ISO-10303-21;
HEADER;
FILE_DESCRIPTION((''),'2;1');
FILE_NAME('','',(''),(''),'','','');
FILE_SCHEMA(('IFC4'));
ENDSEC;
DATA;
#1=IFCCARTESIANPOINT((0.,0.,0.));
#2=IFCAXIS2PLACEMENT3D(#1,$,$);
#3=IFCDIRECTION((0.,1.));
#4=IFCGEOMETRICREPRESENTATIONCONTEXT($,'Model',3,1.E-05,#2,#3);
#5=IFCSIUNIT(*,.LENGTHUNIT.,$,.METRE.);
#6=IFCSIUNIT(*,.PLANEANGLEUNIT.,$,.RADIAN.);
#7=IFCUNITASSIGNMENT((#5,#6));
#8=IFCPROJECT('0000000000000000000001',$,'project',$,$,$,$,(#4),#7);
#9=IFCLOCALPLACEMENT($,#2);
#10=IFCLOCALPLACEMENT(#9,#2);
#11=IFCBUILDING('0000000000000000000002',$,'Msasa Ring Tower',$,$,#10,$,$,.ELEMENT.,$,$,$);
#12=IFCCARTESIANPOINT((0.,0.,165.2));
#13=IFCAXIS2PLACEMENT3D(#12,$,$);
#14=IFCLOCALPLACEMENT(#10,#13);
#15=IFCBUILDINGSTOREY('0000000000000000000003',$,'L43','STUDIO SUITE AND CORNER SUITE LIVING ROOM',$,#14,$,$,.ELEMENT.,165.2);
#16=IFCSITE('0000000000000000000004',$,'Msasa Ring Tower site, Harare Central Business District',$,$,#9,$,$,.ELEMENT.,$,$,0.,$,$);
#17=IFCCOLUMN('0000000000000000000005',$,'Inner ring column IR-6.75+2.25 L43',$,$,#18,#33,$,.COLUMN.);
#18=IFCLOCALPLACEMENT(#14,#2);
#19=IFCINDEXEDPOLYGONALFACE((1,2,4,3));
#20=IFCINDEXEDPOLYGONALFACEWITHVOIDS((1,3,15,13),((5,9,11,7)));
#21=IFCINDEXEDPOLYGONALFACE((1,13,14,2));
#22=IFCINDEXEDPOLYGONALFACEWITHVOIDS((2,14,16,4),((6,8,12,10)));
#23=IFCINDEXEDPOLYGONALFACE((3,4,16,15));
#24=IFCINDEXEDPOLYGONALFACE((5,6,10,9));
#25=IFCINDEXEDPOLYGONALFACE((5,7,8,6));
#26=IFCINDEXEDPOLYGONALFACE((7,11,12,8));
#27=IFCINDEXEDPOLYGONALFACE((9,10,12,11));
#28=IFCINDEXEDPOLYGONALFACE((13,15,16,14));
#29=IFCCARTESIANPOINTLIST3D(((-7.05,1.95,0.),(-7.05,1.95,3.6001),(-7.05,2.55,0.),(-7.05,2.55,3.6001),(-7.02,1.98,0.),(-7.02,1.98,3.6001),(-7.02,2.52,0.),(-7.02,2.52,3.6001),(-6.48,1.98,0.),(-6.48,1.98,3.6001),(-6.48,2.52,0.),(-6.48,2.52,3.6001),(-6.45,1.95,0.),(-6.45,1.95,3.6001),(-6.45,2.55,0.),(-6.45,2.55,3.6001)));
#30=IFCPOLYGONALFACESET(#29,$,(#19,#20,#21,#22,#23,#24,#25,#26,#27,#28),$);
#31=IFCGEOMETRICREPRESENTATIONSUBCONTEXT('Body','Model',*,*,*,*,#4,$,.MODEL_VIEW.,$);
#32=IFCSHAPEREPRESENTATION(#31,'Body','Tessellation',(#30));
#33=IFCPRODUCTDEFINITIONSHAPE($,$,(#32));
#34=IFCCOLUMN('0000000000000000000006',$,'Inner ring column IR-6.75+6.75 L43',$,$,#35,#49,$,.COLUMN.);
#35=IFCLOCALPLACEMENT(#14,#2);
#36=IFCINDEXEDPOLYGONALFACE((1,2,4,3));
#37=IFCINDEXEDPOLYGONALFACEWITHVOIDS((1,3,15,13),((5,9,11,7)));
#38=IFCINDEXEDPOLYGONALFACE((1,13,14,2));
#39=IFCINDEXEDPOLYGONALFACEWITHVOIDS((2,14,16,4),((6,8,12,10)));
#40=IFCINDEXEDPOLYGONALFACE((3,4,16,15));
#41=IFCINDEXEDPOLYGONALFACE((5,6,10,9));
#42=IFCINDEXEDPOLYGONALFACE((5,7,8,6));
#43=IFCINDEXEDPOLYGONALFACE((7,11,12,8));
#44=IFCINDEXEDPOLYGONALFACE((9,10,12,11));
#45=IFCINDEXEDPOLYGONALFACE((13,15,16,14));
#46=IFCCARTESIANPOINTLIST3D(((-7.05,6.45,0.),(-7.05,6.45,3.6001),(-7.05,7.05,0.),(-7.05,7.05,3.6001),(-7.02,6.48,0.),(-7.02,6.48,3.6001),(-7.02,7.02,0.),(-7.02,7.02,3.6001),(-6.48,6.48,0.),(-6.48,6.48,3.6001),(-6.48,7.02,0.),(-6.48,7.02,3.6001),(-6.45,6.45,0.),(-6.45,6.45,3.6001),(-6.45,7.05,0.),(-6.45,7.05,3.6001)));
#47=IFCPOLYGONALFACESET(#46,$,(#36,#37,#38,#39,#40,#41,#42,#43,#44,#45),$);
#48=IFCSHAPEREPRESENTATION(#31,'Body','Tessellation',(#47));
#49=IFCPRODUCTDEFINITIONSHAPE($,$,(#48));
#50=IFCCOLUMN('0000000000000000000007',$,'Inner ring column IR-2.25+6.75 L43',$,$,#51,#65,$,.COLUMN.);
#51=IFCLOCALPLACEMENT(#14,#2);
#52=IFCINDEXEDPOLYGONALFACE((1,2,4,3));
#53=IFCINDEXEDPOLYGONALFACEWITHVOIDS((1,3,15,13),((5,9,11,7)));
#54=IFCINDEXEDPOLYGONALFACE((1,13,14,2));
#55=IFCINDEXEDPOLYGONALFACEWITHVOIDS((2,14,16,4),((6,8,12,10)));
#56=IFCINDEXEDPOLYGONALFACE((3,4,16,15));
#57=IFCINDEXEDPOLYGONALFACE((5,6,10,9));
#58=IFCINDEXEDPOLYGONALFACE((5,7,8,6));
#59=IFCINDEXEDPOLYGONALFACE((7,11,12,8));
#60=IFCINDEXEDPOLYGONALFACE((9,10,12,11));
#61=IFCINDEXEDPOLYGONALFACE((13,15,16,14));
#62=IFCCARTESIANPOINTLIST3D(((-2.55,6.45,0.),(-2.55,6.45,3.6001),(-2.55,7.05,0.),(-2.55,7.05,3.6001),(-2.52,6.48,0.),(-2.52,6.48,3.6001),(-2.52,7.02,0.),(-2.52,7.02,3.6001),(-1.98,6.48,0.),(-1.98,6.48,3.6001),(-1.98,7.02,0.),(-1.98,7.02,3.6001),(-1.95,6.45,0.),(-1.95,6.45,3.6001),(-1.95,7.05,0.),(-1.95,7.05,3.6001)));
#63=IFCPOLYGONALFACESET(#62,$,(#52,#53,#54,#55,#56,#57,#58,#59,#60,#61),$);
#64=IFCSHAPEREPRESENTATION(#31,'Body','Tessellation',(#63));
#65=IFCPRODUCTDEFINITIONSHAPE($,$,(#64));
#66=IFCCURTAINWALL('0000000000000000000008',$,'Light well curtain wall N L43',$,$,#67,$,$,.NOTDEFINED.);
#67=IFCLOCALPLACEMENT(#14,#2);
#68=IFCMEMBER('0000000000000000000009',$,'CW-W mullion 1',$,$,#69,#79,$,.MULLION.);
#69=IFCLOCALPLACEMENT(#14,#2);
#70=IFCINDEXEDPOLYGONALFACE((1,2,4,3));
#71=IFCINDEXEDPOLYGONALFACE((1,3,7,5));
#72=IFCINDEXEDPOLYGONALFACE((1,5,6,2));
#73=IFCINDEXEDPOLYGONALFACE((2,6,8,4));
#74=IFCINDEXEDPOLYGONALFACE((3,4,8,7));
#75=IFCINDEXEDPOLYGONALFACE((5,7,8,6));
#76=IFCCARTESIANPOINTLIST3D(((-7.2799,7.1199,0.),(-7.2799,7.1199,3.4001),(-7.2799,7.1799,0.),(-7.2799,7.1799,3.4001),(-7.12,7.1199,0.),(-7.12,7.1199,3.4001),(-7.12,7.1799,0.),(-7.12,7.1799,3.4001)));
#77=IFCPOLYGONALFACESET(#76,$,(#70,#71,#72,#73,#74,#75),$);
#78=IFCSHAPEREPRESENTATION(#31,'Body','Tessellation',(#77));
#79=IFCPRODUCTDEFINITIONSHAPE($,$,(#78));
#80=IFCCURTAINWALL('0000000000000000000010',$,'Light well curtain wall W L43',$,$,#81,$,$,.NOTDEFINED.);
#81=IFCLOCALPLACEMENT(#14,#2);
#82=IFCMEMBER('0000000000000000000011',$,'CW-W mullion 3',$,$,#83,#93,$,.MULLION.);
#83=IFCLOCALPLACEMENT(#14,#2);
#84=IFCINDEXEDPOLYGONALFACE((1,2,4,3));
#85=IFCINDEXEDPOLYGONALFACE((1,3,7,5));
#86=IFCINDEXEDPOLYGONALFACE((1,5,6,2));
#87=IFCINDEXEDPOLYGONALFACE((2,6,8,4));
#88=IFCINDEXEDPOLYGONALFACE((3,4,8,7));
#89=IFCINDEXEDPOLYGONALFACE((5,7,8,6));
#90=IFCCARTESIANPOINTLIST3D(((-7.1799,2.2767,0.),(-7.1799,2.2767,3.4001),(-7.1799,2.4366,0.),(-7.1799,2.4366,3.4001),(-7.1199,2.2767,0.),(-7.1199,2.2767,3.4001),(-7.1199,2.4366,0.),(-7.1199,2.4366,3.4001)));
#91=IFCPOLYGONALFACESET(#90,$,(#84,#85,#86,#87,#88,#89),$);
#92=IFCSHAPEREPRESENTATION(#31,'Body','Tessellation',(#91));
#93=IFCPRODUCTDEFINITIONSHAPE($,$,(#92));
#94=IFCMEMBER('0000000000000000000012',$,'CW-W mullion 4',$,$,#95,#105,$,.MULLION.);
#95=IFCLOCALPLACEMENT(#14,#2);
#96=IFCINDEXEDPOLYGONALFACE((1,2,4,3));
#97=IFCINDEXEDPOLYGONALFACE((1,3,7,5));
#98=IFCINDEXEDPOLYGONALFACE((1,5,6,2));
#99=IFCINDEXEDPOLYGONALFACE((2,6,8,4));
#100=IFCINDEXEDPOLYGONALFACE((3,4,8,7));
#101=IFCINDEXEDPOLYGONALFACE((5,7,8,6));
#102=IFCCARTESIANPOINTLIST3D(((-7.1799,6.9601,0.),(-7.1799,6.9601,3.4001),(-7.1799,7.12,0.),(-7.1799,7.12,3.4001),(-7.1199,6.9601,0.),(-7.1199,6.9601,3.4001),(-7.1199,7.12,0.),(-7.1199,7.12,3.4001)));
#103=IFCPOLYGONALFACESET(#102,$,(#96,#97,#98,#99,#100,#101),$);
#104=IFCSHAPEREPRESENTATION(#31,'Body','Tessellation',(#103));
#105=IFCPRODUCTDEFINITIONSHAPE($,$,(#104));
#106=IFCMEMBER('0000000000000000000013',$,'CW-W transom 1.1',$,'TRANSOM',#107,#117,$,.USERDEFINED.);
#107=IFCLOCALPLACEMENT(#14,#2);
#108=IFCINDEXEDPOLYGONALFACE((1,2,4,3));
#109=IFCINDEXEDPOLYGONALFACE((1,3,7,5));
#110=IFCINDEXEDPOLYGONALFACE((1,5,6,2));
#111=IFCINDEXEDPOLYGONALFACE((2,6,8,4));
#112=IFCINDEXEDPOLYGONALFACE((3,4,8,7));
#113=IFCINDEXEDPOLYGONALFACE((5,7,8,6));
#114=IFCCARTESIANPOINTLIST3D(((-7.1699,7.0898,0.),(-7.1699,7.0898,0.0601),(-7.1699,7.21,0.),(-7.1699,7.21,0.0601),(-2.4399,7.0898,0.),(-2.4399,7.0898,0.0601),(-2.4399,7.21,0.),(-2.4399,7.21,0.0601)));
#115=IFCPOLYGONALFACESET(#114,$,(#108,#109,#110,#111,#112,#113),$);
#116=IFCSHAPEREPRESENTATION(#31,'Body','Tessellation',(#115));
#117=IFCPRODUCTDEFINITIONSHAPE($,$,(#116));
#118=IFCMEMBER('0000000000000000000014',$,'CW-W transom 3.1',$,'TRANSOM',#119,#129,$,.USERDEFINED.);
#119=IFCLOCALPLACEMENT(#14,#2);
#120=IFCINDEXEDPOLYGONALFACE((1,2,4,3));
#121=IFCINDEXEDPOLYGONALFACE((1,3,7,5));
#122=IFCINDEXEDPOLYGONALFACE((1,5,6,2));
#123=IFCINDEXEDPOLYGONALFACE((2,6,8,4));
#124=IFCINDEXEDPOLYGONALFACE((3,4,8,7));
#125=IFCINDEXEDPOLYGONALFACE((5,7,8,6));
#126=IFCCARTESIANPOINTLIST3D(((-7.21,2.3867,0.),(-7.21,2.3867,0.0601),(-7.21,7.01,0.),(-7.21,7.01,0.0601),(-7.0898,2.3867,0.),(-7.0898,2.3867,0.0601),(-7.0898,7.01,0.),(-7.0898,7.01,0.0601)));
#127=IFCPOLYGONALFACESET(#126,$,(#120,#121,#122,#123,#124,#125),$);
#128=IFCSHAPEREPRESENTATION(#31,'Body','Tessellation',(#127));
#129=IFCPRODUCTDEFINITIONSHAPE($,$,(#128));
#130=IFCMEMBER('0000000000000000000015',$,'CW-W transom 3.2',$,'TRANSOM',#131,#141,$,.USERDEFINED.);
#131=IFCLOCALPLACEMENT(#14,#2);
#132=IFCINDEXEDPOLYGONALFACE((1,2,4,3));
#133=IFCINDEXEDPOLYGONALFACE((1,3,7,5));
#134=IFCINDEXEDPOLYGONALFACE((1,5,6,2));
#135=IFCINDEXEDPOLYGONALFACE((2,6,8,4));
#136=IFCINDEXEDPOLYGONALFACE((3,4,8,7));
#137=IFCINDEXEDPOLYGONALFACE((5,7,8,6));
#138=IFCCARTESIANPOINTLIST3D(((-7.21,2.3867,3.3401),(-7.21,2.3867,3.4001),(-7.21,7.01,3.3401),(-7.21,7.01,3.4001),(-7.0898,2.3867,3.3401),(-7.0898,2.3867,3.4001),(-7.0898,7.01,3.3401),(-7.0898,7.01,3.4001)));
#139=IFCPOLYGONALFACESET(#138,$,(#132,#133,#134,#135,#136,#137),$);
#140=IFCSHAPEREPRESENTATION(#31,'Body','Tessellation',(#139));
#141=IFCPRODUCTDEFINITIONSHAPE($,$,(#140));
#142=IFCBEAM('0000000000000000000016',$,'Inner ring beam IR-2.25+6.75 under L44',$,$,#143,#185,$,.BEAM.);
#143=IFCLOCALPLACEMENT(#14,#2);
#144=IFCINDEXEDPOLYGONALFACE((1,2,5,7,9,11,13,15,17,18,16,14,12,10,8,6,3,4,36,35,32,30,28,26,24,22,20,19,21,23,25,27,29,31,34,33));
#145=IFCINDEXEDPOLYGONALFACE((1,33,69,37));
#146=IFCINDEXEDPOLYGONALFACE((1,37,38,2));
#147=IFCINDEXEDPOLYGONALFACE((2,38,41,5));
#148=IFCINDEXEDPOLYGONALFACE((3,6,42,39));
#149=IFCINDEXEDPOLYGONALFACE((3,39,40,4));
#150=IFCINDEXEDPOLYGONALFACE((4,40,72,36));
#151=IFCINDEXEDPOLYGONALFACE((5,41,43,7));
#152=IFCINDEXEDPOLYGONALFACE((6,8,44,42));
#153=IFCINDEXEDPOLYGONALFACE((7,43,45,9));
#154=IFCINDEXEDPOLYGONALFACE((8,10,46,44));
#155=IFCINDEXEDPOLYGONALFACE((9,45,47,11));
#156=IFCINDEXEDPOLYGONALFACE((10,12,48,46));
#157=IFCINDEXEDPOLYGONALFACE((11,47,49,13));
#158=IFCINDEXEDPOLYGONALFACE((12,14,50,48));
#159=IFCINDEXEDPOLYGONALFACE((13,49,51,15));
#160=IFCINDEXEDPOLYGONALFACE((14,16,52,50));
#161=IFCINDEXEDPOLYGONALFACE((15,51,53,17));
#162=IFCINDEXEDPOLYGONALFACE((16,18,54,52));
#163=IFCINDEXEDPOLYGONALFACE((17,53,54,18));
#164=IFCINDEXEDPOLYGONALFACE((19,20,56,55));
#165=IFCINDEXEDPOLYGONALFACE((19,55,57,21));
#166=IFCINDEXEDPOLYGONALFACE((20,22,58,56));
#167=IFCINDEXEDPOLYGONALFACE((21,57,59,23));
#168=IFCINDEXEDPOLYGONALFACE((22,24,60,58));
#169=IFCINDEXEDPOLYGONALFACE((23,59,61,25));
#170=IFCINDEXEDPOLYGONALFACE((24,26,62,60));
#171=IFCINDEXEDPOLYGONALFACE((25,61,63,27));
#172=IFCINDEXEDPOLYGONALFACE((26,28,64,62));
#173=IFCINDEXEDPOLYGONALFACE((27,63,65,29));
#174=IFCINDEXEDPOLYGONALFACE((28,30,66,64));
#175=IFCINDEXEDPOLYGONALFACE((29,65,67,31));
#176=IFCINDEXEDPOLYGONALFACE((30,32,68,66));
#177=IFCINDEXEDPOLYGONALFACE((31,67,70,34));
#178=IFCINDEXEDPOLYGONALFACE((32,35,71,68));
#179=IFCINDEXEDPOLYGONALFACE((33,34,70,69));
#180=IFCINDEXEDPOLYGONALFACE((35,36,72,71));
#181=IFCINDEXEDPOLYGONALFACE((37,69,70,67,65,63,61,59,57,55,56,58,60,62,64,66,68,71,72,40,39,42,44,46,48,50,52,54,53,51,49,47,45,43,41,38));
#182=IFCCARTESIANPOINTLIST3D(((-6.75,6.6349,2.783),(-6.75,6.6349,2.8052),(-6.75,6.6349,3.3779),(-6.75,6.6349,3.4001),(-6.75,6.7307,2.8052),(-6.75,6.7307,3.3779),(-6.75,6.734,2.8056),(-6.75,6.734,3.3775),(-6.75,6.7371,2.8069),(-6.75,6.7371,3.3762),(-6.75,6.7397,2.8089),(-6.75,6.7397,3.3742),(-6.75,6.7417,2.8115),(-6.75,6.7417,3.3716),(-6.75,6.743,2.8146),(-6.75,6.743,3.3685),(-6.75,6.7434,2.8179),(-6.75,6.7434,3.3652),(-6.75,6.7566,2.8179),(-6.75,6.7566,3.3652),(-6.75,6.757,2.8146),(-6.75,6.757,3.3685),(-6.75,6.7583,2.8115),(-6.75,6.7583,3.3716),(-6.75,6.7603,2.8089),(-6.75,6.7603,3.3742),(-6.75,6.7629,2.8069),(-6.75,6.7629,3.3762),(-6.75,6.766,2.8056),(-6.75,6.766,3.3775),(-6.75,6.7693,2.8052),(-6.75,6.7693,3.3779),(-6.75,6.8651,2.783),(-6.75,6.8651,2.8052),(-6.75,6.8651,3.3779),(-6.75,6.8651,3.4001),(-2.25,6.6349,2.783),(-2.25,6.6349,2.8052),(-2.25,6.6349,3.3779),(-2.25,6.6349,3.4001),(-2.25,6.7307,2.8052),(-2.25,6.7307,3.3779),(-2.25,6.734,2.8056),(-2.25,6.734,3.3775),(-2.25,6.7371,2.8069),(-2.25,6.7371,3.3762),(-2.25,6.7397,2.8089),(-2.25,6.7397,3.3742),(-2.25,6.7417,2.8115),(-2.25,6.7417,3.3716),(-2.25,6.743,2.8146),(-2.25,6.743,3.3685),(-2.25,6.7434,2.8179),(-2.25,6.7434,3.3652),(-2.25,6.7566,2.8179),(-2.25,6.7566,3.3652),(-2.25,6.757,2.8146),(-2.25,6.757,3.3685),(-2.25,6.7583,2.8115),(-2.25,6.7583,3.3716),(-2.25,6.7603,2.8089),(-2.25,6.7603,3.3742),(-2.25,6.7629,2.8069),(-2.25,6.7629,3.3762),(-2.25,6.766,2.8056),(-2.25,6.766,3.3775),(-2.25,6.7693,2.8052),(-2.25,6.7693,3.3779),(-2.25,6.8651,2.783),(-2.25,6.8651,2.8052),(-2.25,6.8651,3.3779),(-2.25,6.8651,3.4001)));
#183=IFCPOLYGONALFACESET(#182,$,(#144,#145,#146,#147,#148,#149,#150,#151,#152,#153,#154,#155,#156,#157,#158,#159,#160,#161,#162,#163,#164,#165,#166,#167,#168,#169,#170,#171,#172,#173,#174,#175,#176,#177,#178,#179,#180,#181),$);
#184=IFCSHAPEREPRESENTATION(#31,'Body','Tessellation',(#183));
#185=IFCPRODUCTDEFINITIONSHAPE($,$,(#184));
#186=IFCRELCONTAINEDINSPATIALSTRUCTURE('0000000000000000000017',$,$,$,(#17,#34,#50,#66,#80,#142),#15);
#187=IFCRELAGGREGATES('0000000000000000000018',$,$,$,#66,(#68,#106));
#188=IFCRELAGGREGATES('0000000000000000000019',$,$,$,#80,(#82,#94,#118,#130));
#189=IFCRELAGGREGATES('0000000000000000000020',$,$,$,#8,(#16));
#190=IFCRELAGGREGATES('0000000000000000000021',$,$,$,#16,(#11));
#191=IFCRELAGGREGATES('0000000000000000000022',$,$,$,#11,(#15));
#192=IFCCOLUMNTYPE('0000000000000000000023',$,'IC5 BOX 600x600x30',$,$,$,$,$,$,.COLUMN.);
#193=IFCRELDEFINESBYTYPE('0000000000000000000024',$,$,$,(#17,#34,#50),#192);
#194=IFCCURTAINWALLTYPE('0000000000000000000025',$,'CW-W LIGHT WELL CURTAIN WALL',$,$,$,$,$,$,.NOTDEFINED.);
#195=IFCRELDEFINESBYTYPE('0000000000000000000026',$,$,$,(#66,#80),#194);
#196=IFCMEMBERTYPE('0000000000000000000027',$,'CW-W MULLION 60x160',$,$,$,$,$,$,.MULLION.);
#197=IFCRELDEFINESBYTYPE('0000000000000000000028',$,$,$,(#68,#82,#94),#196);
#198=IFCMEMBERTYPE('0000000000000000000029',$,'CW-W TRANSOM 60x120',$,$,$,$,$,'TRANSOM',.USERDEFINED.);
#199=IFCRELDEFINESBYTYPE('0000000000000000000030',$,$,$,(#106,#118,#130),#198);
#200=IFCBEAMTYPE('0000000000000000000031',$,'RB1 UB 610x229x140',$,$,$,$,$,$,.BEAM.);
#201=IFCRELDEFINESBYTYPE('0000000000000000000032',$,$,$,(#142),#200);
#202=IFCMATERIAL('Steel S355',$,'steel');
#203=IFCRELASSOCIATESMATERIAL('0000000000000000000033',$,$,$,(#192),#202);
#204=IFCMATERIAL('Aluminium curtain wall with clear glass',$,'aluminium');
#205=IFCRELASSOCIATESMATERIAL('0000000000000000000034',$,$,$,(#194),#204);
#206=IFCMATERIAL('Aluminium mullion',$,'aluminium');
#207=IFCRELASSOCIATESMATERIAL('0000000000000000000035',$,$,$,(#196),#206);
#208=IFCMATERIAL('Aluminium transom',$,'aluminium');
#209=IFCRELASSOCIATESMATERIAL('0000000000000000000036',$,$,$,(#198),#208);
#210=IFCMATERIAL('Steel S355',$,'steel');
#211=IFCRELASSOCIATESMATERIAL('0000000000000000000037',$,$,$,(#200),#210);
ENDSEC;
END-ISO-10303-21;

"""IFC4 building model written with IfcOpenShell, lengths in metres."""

from ifc_helpers import new_model, si_unit, direction, frame, origin, origin_2d, place, context, subcontext, project, spatial, rectangle, hollow_rectangle, i_section, extrude, material, material_profile, profile_set, type_object, element, aggregate, save


model = new_model("IFC4")

# Units and contexts
model_context = context("Model", 3, precision=1e-05, world=origin(), true_north=direction((0.0, 1.0)))
body_context = subcontext(model_context, "Body", "Model", "MODEL_VIEW")
ifc_project = project(units=[si_unit("LENGTHUNIT", "METRE"), si_unit("PLANEANGLEUNIT", "RADIAN")], contexts=[model_context])

# Site, building, storey
site_placement = place(None, origin())
site = spatial("IfcSite", under=ifc_project, at=site_placement, Name="Msasa Ring Tower site, Harare Central Business District", CompositionType="ELEMENT", RefElevation=0.0)
building_placement = place(site_placement, origin())
building = spatial("IfcBuilding", under=site, at=building_placement, Name="Msasa Ring Tower", CompositionType="ELEMENT")
storey_placement = place(building_placement, frame((0.0, 0.0, 165.2)))
storey = spatial("IfcBuildingStorey", under=building, at=storey_placement, Name="L43", Description="STUDIO SUITE AND CORNER SUITE LIVING ROOM", CompositionType="ELEMENT", Elevation=165.2)

# Columns
ifc_material_1 = material(Name="Steel S355", Category="steel")
ifc_material_profile_1 = material_profile(ifc_material_1, hollow_rectangle(XDim=0.6001, YDim=0.6001, WallThickness=0.03, at=origin_2d()), Name="BOX 600x600x30")
ifc_profile_set_1 = profile_set([ifc_material_profile_1], Name="Steel S355")
column_type = type_object("IfcColumnType", Name="IC5 BOX 600x600x30", PredefinedType="COLUMN", material=ifc_profile_set_1)
for number, where, z_axis, x_axis, name in (
    (1, (-6.75, 2.25, 0.0), (0.0, 0.0, 1.0), (1.0, 0.0, 0.0), "Inner ring column IR-6.75+2.25 L43"),
    (2, (-6.75, 6.75, 0.0), (0.0, 0.0, 1.0), (1.0, 0.0, 0.0), "Inner ring column IR-6.75+6.75 L43"),
    (3, (-2.25, 6.75, 0.0), (0.0, 0.0, 1.0), (1.0, 0.0, 0.0), "Inner ring column IR-2.25+6.75 L43"),
):
    element("IfcColumn", number, at=place(storey_placement, frame(where, z_axis=z_axis, x_axis=x_axis)), inside=storey, type_object=column_type, Name=name, PredefinedType="COLUMN", context=body_context, shape_type="SweptSolid", body=[
        extrude(hollow_rectangle(XDim=0.6001, YDim=0.6001, WallThickness=0.03, at=origin_2d()), origin(), (0.0, 0.0, 1.0), 3.6001),
    ])

# Curtain wall, member
ifc_material_2 = material(Name="Aluminium curtain wall with clear glass", Category="aluminium")
curtain_wall_type = type_object("IfcCurtainWallType", Name="CW-W LIGHT WELL CURTAIN WALL", PredefinedType="NOTDEFINED", material=ifc_material_2)
curtain_wall_1_placement = place(storey_placement, origin())
curtain_wall_1 = element("IfcCurtainWall", 4, at=curtain_wall_1_placement, inside=storey, type_object=curtain_wall_type, Name="Light well curtain wall N L43", PredefinedType="NOTDEFINED")
ifc_material_3 = material(Name="Aluminium mullion", Category="aluminium")
ifc_material_profile_2 = material_profile(ifc_material_3, rectangle(XDim=0.0601, YDim=0.1599, at=origin_2d()), Name="AL 60x160")
ifc_profile_set_2 = profile_set([ifc_material_profile_2], Name="Aluminium mullion")
member_type_1 = type_object("IfcMemberType", Name="CW-W MULLION 60x160", PredefinedType="MULLION", material=ifc_profile_set_2)
member_1_placement = place(storey_placement, frame((-7.2, 7.1499, 0.0), z_axis=(0.0, 0.0, 1.0), x_axis=(0.0, 1.0, 0.0)))
member_1 = element("IfcMember", 5, at=member_1_placement, type_object=member_type_1, Name="CW-W mullion 1", PredefinedType="MULLION", context=body_context, shape_type="SweptSolid", body=[
    extrude(rectangle(XDim=0.0601, YDim=0.1599, at=origin_2d()), origin(), (0.0, 0.0, 1.0), 3.4001),
])

# Curtain wall, members
curtain_wall_2_placement = place(storey_placement, origin())
curtain_wall_2 = element("IfcCurtainWall", 6, at=curtain_wall_2_placement, inside=storey, type_object=curtain_wall_type, Name="Light well curtain wall W L43", PredefinedType="NOTDEFINED")
member_2_placement = place(storey_placement, frame((-7.1499, 2.3567, 0.0), z_axis=(0.0, 0.0, 1.0), x_axis=(-1.0, 0.0, 0.0)))
member_2 = element("IfcMember", 7, at=member_2_placement, type_object=member_type_1, Name="CW-W mullion 3", PredefinedType="MULLION", context=body_context, shape_type="SweptSolid", body=[
    extrude(rectangle(XDim=0.0601, YDim=0.1599, at=origin_2d()), origin(), (0.0, 0.0, 1.0), 3.4001),
])
member_3_placement = place(storey_placement, frame((-7.1499, 7.04, 0.0), z_axis=(0.0, 0.0, 1.0), x_axis=(-1.0, 0.0, 0.0)))
member_3 = element("IfcMember", 8, at=member_3_placement, type_object=member_type_1, Name="CW-W mullion 4", PredefinedType="MULLION", context=body_context, shape_type="SweptSolid", body=[
    extrude(rectangle(XDim=0.0601, YDim=0.1599, at=origin_2d()), origin(), (0.0, 0.0, 1.0), 3.4001),
])

# Members
ifc_material_4 = material(Name="Aluminium transom", Category="aluminium")
ifc_material_profile_3 = material_profile(ifc_material_4, rectangle(XDim=0.1201, YDim=0.0601, at=origin_2d()), Name="AL 60x120")
ifc_profile_set_3 = profile_set([ifc_material_profile_3], Name="Aluminium transom")
member_type_2 = type_object("IfcMemberType", Name="CW-W TRANSOM 60x120", ElementType="TRANSOM", PredefinedType="USERDEFINED", material=ifc_profile_set_3)
member_4_placement = place(storey_placement, frame((-7.1699, 7.1499, 0.03), z_axis=(1.0, 0.0, 0.0), x_axis=(0.0, 1.0, 0.0)))
member_4 = element("IfcMember", 9, at=member_4_placement, type_object=member_type_2, Name="CW-W transom 1.1", ObjectType="TRANSOM", PredefinedType="USERDEFINED", context=body_context, shape_type="SweptSolid", body=[
    extrude(rectangle(XDim=0.1201, YDim=0.0601, at=origin_2d()), origin(), (0.0, 0.0, 1.0), 4.73),
])
aggregate(curtain_wall_1, [member_1, member_4])
member_5_placement = place(storey_placement, frame((-7.1499, 2.3867, 0.03), z_axis=(0.0, 1.0, 0.0), x_axis=(-1.0, 0.0, 0.0)))
member_5 = element("IfcMember", 10, at=member_5_placement, type_object=member_type_2, Name="CW-W transom 3.1", ObjectType="TRANSOM", PredefinedType="USERDEFINED", context=body_context, shape_type="SweptSolid", body=[
    extrude(rectangle(XDim=0.1201, YDim=0.0601, at=origin_2d()), origin(), (0.0, 0.0, 1.0), 4.6233),
])
member_6_placement = place(storey_placement, frame((-7.1499, 2.3867, 3.3701), z_axis=(0.0, 1.0, 0.0), x_axis=(-1.0, 0.0, 0.0)))
member_6 = element("IfcMember", 11, at=member_6_placement, type_object=member_type_2, Name="CW-W transom 3.2", ObjectType="TRANSOM", PredefinedType="USERDEFINED", context=body_context, shape_type="SweptSolid", body=[
    extrude(rectangle(XDim=0.1201, YDim=0.0601, at=origin_2d()), origin(), (0.0, 0.0, 1.0), 4.6233),
])

# Beam
ifc_material_5 = material(Name="Steel S355", Category="steel")
ifc_material_profile_4 = material_profile(ifc_material_5, i_section(OverallWidth=0.2302, OverallDepth=0.6172, WebThickness=0.0132, FlangeThickness=0.0222, FilletRadius=0.0127, at=origin_2d()), Name="UB 610x229x140")
ifc_profile_set_4 = profile_set([ifc_material_profile_4], Name="Steel S355")
beam_type = type_object("IfcBeamType", Name="RB1 UB 610x229x140", PredefinedType="BEAM", material=ifc_profile_set_4)
for number, where, z_axis, x_axis, name in (
    (12, (-2.25, 6.75, 3.0916), (-1.0, 0.0, 0.0), (0.0, -1.0, 0.0), "Inner ring beam IR-2.25+6.75 under L44"),
):
    element("IfcBeam", number, at=place(storey_placement, frame(where, z_axis=z_axis, x_axis=x_axis)), inside=storey, type_object=beam_type, Name=name, PredefinedType="BEAM", context=body_context, shape_type="SweptSolid", body=[
        extrude(i_section(OverallWidth=0.2302, OverallDepth=0.6172, WebThickness=0.0132, FlangeThickness=0.0222, FilletRadius=0.0127, at=origin_2d()), origin(), (0.0, 0.0, 1.0), 4.5),
    ])

aggregate(curtain_wall_2, [member_2, member_3, member_5, member_6])

save(model, "model.ifc")
